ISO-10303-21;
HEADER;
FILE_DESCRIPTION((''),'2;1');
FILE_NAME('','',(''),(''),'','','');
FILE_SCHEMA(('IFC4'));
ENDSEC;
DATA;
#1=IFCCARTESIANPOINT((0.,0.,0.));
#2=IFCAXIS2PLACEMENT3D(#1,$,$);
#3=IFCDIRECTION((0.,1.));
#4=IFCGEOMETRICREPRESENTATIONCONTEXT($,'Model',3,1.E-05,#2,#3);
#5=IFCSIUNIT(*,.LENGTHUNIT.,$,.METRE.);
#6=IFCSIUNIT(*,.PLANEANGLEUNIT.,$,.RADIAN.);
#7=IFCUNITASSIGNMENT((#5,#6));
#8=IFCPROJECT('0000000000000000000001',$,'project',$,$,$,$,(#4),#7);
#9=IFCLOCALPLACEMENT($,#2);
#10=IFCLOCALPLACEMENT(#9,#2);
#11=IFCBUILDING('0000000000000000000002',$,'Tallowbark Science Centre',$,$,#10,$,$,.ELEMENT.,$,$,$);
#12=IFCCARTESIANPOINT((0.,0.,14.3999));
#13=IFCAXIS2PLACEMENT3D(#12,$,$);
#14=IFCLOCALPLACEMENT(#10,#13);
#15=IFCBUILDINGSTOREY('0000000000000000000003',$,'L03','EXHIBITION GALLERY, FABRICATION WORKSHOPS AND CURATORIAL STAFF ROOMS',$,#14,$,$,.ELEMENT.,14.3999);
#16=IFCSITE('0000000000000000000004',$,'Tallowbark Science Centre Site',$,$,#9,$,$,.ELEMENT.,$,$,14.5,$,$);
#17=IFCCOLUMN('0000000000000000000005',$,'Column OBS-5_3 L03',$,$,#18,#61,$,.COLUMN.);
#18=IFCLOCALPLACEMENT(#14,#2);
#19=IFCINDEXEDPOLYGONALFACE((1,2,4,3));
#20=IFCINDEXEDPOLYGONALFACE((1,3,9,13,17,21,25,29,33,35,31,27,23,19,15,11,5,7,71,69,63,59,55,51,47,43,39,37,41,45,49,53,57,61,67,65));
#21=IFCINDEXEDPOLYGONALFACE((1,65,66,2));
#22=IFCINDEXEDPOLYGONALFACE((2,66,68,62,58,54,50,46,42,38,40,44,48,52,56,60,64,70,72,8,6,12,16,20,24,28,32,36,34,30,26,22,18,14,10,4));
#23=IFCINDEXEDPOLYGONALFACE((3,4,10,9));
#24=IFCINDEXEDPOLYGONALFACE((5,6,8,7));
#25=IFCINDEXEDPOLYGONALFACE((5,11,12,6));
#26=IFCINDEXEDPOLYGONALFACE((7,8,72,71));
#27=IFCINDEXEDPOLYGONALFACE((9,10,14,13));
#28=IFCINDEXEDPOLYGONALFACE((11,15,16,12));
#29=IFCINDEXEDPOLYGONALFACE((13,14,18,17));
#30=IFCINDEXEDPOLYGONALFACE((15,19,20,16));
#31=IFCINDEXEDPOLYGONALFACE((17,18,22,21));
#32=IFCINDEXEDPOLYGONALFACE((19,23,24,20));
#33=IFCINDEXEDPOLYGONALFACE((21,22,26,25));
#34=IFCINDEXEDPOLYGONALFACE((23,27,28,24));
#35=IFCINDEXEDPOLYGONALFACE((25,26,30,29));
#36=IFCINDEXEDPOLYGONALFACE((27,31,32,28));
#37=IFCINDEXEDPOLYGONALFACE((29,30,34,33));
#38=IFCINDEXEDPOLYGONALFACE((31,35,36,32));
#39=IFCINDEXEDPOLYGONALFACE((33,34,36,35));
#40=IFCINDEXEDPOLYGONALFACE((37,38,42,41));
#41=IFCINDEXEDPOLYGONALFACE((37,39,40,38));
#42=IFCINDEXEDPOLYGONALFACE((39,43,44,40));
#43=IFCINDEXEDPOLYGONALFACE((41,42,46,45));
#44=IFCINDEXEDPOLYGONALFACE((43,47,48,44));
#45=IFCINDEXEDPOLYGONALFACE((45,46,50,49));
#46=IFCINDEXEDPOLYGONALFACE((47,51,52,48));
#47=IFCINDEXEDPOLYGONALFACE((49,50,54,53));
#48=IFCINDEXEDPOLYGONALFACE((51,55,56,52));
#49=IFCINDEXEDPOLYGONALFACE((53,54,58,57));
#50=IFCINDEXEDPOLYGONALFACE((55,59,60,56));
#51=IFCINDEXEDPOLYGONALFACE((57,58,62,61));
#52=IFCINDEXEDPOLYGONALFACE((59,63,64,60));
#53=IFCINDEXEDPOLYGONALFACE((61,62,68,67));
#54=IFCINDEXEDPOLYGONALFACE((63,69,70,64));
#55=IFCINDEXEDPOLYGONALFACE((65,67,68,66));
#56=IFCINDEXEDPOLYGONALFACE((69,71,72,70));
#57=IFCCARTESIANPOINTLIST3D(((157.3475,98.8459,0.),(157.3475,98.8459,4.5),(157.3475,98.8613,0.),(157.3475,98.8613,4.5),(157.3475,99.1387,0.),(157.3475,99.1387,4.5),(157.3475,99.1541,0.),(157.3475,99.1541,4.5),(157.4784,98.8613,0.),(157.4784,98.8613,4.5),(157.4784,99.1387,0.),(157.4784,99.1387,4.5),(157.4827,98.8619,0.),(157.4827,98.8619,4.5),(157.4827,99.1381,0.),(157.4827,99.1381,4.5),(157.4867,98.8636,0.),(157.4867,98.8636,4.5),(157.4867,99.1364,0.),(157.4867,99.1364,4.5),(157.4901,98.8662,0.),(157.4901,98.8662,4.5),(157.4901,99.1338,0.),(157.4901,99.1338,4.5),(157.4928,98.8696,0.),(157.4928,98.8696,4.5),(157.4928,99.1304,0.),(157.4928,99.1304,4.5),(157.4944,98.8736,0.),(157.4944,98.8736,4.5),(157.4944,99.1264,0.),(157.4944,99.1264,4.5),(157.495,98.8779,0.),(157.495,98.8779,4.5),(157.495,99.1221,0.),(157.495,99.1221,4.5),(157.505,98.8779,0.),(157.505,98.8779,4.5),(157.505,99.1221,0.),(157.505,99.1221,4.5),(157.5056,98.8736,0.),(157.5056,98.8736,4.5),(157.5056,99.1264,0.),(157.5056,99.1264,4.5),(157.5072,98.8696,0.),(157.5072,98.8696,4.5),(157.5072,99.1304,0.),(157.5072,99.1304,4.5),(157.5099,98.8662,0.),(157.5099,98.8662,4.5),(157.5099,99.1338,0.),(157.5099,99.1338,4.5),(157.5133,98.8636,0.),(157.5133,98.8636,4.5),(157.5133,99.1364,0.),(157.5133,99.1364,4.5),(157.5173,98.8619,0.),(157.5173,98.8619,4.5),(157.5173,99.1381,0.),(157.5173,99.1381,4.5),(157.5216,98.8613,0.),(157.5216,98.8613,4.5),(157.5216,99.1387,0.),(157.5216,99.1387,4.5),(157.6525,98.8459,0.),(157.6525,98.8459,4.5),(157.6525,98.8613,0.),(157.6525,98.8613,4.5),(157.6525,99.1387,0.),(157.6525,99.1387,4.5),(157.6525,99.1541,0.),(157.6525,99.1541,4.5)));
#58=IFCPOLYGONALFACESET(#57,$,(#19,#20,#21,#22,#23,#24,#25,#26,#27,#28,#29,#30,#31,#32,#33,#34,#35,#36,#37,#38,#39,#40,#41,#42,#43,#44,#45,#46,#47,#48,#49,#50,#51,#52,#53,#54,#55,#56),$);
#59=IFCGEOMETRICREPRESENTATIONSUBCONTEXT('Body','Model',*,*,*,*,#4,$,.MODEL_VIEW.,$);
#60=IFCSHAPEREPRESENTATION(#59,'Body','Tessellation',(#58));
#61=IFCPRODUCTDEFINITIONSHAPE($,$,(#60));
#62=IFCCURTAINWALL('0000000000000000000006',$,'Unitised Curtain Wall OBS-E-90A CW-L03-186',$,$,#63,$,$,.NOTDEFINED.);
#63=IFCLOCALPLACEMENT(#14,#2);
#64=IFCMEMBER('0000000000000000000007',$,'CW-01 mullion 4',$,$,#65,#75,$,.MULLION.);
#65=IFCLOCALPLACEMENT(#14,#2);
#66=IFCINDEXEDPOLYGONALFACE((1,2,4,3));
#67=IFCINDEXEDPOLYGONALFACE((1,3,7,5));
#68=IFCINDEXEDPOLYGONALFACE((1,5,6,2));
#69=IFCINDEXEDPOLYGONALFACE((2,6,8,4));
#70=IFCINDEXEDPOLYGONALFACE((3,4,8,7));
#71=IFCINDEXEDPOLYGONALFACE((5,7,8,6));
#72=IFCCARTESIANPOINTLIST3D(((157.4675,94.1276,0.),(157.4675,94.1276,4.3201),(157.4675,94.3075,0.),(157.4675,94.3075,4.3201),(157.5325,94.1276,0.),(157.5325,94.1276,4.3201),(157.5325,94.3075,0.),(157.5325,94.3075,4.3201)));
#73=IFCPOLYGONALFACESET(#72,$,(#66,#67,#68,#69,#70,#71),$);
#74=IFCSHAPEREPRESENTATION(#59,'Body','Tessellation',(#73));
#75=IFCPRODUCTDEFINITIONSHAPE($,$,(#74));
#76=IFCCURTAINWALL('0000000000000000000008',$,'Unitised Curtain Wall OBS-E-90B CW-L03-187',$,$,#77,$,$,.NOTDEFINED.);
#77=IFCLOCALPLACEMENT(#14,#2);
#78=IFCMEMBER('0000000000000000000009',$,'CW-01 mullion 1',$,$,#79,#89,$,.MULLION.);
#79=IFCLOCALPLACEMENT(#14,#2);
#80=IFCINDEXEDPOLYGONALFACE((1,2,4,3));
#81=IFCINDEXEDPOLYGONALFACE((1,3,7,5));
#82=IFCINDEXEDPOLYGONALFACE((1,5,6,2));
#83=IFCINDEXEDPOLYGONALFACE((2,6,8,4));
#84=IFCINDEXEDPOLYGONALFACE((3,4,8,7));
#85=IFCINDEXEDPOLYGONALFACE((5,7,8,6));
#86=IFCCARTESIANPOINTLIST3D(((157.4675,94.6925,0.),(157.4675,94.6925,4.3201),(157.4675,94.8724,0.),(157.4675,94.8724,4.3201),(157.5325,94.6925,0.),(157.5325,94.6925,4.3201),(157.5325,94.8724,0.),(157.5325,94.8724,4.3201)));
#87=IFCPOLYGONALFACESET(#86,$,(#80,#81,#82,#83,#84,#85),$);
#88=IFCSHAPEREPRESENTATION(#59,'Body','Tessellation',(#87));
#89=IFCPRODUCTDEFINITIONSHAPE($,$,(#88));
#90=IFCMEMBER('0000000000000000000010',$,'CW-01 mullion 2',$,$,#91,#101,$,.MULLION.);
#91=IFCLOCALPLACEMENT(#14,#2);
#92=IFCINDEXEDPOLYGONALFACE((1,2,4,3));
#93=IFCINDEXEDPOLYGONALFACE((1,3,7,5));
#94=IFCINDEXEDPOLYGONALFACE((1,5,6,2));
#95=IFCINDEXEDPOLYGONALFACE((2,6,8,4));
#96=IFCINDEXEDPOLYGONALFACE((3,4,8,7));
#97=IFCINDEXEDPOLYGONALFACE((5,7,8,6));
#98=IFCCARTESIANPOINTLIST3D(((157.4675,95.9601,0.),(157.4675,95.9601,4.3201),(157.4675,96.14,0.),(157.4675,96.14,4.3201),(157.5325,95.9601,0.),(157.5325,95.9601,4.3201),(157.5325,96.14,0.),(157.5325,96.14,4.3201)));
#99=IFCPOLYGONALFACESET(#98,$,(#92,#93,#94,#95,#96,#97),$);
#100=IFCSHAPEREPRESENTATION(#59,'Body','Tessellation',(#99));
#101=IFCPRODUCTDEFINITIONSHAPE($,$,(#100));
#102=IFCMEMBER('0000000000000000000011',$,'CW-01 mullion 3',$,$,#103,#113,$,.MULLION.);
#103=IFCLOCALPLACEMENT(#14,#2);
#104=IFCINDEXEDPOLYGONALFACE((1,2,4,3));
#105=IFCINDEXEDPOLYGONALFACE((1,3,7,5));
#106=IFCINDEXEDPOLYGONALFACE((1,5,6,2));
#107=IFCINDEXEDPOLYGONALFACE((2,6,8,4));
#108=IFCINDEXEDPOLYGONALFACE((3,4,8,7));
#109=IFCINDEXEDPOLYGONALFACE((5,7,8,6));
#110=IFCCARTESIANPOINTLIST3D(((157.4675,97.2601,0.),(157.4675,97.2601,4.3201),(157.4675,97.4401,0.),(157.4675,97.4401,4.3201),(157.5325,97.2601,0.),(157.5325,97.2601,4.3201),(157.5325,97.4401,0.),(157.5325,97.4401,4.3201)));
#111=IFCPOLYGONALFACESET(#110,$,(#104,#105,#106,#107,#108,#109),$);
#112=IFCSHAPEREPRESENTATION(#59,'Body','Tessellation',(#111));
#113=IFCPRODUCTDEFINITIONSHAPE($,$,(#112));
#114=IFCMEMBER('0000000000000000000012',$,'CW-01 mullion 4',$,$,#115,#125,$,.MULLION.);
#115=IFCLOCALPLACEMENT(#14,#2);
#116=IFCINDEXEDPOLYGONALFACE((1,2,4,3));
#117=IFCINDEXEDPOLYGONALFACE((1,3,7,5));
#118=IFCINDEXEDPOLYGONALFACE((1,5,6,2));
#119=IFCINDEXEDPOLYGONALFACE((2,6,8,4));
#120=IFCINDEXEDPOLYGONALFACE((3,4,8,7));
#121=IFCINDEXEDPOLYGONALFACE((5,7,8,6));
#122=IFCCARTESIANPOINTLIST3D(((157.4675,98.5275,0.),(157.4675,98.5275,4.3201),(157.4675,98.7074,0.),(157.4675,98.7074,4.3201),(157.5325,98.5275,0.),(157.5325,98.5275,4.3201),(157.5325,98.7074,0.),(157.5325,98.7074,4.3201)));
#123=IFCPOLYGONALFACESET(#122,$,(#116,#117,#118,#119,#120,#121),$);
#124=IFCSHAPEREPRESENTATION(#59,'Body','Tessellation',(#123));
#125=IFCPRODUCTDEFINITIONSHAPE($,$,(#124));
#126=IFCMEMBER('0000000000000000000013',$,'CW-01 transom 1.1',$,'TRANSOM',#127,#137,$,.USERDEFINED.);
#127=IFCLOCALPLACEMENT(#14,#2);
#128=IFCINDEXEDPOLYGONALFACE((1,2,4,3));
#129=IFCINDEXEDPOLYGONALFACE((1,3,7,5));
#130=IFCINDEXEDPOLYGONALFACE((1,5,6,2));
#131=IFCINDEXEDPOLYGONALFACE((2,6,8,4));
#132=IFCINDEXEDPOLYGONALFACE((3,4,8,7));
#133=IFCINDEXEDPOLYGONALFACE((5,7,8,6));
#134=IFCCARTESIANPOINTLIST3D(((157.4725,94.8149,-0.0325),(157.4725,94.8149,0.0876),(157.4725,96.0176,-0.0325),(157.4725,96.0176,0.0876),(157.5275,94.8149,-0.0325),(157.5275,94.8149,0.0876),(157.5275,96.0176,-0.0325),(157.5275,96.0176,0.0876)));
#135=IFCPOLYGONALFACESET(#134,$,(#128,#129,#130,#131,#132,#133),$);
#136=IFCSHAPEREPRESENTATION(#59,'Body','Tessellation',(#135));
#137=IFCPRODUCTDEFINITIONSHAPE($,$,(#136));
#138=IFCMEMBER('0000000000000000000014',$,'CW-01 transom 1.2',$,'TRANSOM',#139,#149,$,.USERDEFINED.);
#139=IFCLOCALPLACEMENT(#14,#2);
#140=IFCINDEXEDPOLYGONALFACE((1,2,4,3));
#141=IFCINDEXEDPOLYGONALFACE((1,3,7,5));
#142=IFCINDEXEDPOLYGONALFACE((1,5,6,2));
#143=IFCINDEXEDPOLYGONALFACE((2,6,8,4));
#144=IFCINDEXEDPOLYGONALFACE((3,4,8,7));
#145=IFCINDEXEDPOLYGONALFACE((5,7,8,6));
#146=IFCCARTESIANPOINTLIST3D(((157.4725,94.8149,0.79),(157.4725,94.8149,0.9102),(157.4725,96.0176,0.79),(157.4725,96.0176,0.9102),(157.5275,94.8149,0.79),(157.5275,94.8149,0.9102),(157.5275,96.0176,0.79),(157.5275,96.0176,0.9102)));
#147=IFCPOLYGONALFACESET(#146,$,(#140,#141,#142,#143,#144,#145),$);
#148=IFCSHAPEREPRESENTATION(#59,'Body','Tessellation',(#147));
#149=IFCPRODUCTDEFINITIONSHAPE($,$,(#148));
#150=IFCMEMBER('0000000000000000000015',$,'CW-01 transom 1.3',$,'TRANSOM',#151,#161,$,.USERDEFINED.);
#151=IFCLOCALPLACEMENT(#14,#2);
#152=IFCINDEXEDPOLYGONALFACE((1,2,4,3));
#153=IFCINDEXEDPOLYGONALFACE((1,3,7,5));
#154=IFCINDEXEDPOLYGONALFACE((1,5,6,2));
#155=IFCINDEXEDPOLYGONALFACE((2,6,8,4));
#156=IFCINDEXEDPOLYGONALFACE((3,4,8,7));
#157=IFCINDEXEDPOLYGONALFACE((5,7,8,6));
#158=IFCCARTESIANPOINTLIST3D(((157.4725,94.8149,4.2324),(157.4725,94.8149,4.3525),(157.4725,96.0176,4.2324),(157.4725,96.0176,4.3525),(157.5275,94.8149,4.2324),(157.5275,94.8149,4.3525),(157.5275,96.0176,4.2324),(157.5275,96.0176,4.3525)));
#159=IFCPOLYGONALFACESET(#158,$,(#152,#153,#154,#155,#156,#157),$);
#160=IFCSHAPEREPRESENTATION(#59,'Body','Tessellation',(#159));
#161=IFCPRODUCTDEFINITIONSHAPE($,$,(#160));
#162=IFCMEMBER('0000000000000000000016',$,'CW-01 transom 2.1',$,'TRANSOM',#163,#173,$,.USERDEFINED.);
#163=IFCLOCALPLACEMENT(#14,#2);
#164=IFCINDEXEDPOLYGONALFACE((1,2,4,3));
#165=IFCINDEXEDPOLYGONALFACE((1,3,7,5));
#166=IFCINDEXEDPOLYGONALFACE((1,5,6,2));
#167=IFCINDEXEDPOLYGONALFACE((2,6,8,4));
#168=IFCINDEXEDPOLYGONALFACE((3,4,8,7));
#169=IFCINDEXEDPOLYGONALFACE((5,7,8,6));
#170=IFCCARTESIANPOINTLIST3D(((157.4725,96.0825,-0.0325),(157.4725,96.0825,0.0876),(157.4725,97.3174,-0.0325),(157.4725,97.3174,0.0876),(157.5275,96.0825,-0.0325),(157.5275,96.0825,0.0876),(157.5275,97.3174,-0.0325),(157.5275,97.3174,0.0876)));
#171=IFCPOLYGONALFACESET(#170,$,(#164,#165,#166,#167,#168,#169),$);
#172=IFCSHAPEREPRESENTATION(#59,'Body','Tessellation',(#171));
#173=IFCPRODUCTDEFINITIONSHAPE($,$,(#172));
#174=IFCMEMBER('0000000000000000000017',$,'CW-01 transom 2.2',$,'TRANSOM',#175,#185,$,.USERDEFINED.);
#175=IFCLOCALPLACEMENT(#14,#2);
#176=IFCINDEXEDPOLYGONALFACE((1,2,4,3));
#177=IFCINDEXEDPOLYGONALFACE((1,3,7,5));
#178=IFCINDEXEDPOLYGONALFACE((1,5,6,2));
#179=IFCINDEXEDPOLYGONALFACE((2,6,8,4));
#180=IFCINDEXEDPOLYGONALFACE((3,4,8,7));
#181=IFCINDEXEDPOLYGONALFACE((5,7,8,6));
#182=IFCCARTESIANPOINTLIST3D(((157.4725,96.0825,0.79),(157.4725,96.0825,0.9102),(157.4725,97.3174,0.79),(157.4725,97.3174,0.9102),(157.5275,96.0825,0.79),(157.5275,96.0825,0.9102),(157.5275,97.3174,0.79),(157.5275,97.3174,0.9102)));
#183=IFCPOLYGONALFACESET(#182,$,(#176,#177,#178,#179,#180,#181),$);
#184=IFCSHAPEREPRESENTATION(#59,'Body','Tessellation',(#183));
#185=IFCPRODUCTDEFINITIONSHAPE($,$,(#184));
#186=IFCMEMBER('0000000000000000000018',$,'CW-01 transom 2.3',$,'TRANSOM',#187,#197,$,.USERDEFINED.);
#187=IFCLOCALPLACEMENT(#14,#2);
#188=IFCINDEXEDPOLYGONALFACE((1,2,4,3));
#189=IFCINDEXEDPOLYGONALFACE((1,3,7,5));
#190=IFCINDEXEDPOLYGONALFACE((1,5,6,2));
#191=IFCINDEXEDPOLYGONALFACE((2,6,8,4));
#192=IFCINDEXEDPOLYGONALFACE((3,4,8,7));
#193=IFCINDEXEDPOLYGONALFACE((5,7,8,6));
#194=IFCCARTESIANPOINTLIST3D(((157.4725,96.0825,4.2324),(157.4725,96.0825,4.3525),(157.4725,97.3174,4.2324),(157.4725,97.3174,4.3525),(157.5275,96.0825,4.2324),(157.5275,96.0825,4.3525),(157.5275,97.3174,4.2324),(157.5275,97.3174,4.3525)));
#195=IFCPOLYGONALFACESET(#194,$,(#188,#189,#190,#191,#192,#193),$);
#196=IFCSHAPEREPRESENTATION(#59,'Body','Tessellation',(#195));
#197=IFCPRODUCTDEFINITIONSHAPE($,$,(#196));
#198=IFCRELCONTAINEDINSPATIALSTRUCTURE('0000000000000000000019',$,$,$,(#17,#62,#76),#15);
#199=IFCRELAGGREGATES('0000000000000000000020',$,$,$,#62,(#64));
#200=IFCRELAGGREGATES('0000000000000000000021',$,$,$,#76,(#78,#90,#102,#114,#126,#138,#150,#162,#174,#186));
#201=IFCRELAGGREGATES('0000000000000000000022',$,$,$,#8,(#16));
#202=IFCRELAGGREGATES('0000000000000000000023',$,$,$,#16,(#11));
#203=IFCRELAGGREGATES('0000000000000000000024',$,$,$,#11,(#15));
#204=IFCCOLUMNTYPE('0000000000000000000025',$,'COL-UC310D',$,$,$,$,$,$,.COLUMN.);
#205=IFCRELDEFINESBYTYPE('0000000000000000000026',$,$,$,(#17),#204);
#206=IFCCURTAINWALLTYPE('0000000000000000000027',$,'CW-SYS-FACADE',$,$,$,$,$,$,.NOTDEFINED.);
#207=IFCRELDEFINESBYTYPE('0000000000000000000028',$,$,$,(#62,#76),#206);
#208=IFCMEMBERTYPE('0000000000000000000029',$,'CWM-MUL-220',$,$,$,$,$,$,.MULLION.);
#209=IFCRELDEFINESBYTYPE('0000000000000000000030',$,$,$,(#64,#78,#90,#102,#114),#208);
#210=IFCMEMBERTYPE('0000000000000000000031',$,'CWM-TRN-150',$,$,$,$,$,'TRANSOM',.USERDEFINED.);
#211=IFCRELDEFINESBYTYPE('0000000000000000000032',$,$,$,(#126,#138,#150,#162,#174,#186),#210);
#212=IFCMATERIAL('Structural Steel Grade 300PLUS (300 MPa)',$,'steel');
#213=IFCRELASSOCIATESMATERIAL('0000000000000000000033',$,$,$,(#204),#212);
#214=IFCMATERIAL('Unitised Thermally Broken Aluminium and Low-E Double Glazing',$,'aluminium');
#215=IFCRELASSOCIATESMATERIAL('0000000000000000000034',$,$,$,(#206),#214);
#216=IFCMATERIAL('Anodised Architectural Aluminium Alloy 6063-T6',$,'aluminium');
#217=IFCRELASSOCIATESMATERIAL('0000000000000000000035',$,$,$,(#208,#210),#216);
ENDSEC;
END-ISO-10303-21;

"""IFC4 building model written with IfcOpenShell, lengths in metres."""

from ifc_helpers import new_model, si_unit, direction, frame, origin, origin_2d, place, context, subcontext, project, spatial, rectangle, i_section, extrude, material, material_profile, profile_set, type_object, element, aggregate, save


model = new_model("IFC4")

# Units and contexts
model_context = context("Model", 3, precision=1e-05, world=origin(), true_north=direction((0.0, 1.0)))
body_context = subcontext(model_context, "Body", "Model", "MODEL_VIEW")
ifc_project = project(units=[si_unit("LENGTHUNIT", "METRE"), si_unit("PLANEANGLEUNIT", "RADIAN")], contexts=[model_context])

# Site, building, storey
site_placement = place(None, origin())
site = spatial("IfcSite", under=ifc_project, at=site_placement, Name="Tallowbark Science Centre Site", CompositionType="ELEMENT", RefElevation=14.5)
building_placement = place(site_placement, origin())
building = spatial("IfcBuilding", under=site, at=building_placement, Name="Tallowbark Science Centre", CompositionType="ELEMENT")
storey_placement = place(building_placement, frame((0.0, 0.0, 14.3999)))
storey = spatial("IfcBuildingStorey", under=building, at=storey_placement, Name="L03", Description="EXHIBITION GALLERY, FABRICATION WORKSHOPS AND CURATORIAL STAFF ROOMS", CompositionType="ELEMENT", Elevation=14.3999)

# Column
ifc_material_1 = material(Name="Structural Steel Grade 300PLUS (300 MPa)", Category="steel")
ifc_material_profile_1 = material_profile(ifc_material_1, i_section(OverallWidth=0.3049, OverallDepth=0.3081, WebThickness=0.01, FlangeThickness=0.0154, FilletRadius=0.0166, at=origin_2d()), Name="310UC96.8")
ifc_profile_set_1 = profile_set([ifc_material_profile_1], Name="Structural Steel Grade 300PLUS (300 MPa)")
column_type = type_object("IfcColumnType", Name="COL-UC310D", PredefinedType="COLUMN", material=ifc_profile_set_1)
column_placement = place(storey_placement, frame((157.5, 99.0, 0.0), z_axis=(0.0, 0.0, 1.0), x_axis=(1.0, 0.0, 0.0)))
element("IfcColumn", 1, at=column_placement, inside=storey, type_object=column_type, Name="Column OBS-5_3 L03", PredefinedType="COLUMN", context=body_context, shape_type="SweptSolid", body=[
    extrude(i_section(OverallWidth=0.3049, OverallDepth=0.3081, WebThickness=0.01, FlangeThickness=0.0154, FilletRadius=0.0166, at=origin_2d()), origin(), (0.0, 0.0, 1.0), 4.5),
])

# Curtain wall, member
ifc_material_2 = material(Name="Unitised Thermally Broken Aluminium and Low-E Double Glazing", Category="aluminium")
curtain_wall_type = type_object("IfcCurtainWallType", Name="CW-SYS-FACADE", PredefinedType="NOTDEFINED", material=ifc_material_2)
curtain_wall_1_placement = place(storey_placement, origin())
curtain_wall_1 = element("IfcCurtainWall", 2, at=curtain_wall_1_placement, inside=storey, type_object=curtain_wall_type, Name="Unitised Curtain Wall OBS-E-90A CW-L03-186", PredefinedType="NOTDEFINED")
ifc_material_3 = material(Name="Anodised Architectural Aluminium Alloy 6063-T6", Category="aluminium")
ifc_material_profile_2 = material_profile(ifc_material_3, rectangle(XDim=0.0649, YDim=0.1799, at=origin_2d()), Name="ALU65x180")
ifc_profile_set_2 = profile_set([ifc_material_profile_2], Name="Anodised Architectural Aluminium Alloy 6063-T6")
member_type_1 = type_object("IfcMemberType", Name="CWM-MUL-220", PredefinedType="MULLION", material=ifc_profile_set_2)
member_1_placement = place(storey_placement, frame((157.5, 94.2175, 0.0), z_axis=(0.0, 0.0, 1.0), x_axis=(-1.0, 0.0, 0.0)))
member_1 = element("IfcMember", 3, at=member_1_placement, type_object=member_type_1, Name="CW-01 mullion 4", PredefinedType="MULLION", context=body_context, shape_type="SweptSolid", body=[
    extrude(rectangle(XDim=0.0649, YDim=0.1799, at=origin_2d()), origin(), (0.0, 0.0, 1.0), 4.3201),
])
aggregate(curtain_wall_1, [member_1])

# Curtain wall, members
curtain_wall_2_placement = place(storey_placement, origin())
curtain_wall_2 = element("IfcCurtainWall", 4, at=curtain_wall_2_placement, inside=storey, type_object=curtain_wall_type, Name="Unitised Curtain Wall OBS-E-90B CW-L03-187", PredefinedType="NOTDEFINED")
member_2_placement = place(storey_placement, frame((157.5, 94.7825, 0.0), z_axis=(0.0, 0.0, 1.0), x_axis=(-1.0, 0.0, 0.0)))
member_2 = element("IfcMember", 5, at=member_2_placement, type_object=member_type_1, Name="CW-01 mullion 1", PredefinedType="MULLION", context=body_context, shape_type="SweptSolid", body=[
    extrude(rectangle(XDim=0.0649, YDim=0.1799, at=origin_2d()), origin(), (0.0, 0.0, 1.0), 4.3201),
])
member_3_placement = place(storey_placement, frame((157.5, 96.05, 0.0), z_axis=(0.0, 0.0, 1.0), x_axis=(-1.0, 0.0, 0.0)))
member_3 = element("IfcMember", 6, at=member_3_placement, type_object=member_type_1, Name="CW-01 mullion 2", PredefinedType="MULLION", context=body_context, shape_type="SweptSolid", body=[
    extrude(rectangle(XDim=0.0649, YDim=0.1799, at=origin_2d()), origin(), (0.0, 0.0, 1.0), 4.3201),
])
member_4_placement = place(storey_placement, frame((157.5, 97.3501, 0.0), z_axis=(0.0, 0.0, 1.0), x_axis=(-1.0, 0.0, 0.0)))
member_4 = element("IfcMember", 7, at=member_4_placement, type_object=member_type_1, Name="CW-01 mullion 3", PredefinedType="MULLION", context=body_context, shape_type="SweptSolid", body=[
    extrude(rectangle(XDim=0.0649, YDim=0.1799, at=origin_2d()), origin(), (0.0, 0.0, 1.0), 4.3201),
])
member_5_placement = place(storey_placement, frame((157.5, 98.6174, 0.0), z_axis=(0.0, 0.0, 1.0), x_axis=(-1.0, 0.0, 0.0)))
member_5 = element("IfcMember", 8, at=member_5_placement, type_object=member_type_1, Name="CW-01 mullion 4", PredefinedType="MULLION", context=body_context, shape_type="SweptSolid", body=[
    extrude(rectangle(XDim=0.0649, YDim=0.1799, at=origin_2d()), origin(), (0.0, 0.0, 1.0), 4.3201),
])
ifc_material_profile_3 = material_profile(ifc_material_3, rectangle(XDim=0.0549, YDim=0.1201, at=origin_2d()), Name="ALU55x120")
ifc_profile_set_3 = profile_set([ifc_material_profile_3], Name="Anodised Architectural Aluminium Alloy 6063-T6")
member_type_2 = type_object("IfcMemberType", Name="CWM-TRN-150", ElementType="TRANSOM", PredefinedType="USERDEFINED", material=ifc_profile_set_3)
member_6_placement = place(storey_placement, frame((157.5, 94.8149, 0.0276), z_axis=(0.0, 1.0, 0.0), x_axis=(-1.0, 0.0, 0.0)))
member_6 = element("IfcMember", 9, at=member_6_placement, type_object=member_type_2, Name="CW-01 transom 1.1", ObjectType="TRANSOM", PredefinedType="USERDEFINED", context=body_context, shape_type="SweptSolid", body=[
    extrude(rectangle(XDim=0.0549, YDim=0.1201, at=origin_2d()), origin(), (0.0, 0.0, 1.0), 1.2026),
])
member_7_placement = place(storey_placement, frame((157.5, 94.8149, 0.8501), z_axis=(0.0, 1.0, 0.0), x_axis=(-1.0, 0.0, 0.0)))
member_7 = element("IfcMember", 10, at=member_7_placement, type_object=member_type_2, Name="CW-01 transom 1.2", ObjectType="TRANSOM", PredefinedType="USERDEFINED", context=body_context, shape_type="SweptSolid", body=[
    extrude(rectangle(XDim=0.0549, YDim=0.1201, at=origin_2d()), origin(), (0.0, 0.0, 1.0), 1.2026),
])
member_8_placement = place(storey_placement, frame((157.5, 94.8149, 4.2925), z_axis=(0.0, 1.0, 0.0), x_axis=(-1.0, 0.0, 0.0)))
member_8 = element("IfcMember", 11, at=member_8_placement, type_object=member_type_2, Name="CW-01 transom 1.3", ObjectType="TRANSOM", PredefinedType="USERDEFINED", context=body_context, shape_type="SweptSolid", body=[
    extrude(rectangle(XDim=0.0549, YDim=0.1201, at=origin_2d()), origin(), (0.0, 0.0, 1.0), 1.2026),
])
member_9_placement = place(storey_placement, frame((157.5, 96.0825, 0.0276), z_axis=(0.0, 1.0, 0.0), x_axis=(-1.0, 0.0, 0.0)))
member_9 = element("IfcMember", 12, at=member_9_placement, type_object=member_type_2, Name="CW-01 transom 2.1", ObjectType="TRANSOM", PredefinedType="USERDEFINED", context=body_context, shape_type="SweptSolid", body=[
    extrude(rectangle(XDim=0.0549, YDim=0.1201, at=origin_2d()), origin(), (0.0, 0.0, 1.0), 1.2349),
])
member_10_placement = place(storey_placement, frame((157.5, 96.0825, 0.8501), z_axis=(0.0, 1.0, 0.0), x_axis=(-1.0, 0.0, 0.0)))
member_10 = element("IfcMember", 13, at=member_10_placement, type_object=member_type_2, Name="CW-01 transom 2.2", ObjectType="TRANSOM", PredefinedType="USERDEFINED", context=body_context, shape_type="SweptSolid", body=[
    extrude(rectangle(XDim=0.0549, YDim=0.1201, at=origin_2d()), origin(), (0.0, 0.0, 1.0), 1.2349),
])
member_11_placement = place(storey_placement, frame((157.5, 96.0825, 4.2925), z_axis=(0.0, 1.0, 0.0), x_axis=(-1.0, 0.0, 0.0)))
member_11 = element("IfcMember", 14, at=member_11_placement, type_object=member_type_2, Name="CW-01 transom 2.3", ObjectType="TRANSOM", PredefinedType="USERDEFINED", context=body_context, shape_type="SweptSolid", body=[
    extrude(rectangle(XDim=0.0549, YDim=0.1201, at=origin_2d()), origin(), (0.0, 0.0, 1.0), 1.2349),
])

aggregate(curtain_wall_2, [member_2, member_3, member_4, member_5, member_6, member_7, member_8, member_9, member_10, member_11])

save(model, "model.ifc")
